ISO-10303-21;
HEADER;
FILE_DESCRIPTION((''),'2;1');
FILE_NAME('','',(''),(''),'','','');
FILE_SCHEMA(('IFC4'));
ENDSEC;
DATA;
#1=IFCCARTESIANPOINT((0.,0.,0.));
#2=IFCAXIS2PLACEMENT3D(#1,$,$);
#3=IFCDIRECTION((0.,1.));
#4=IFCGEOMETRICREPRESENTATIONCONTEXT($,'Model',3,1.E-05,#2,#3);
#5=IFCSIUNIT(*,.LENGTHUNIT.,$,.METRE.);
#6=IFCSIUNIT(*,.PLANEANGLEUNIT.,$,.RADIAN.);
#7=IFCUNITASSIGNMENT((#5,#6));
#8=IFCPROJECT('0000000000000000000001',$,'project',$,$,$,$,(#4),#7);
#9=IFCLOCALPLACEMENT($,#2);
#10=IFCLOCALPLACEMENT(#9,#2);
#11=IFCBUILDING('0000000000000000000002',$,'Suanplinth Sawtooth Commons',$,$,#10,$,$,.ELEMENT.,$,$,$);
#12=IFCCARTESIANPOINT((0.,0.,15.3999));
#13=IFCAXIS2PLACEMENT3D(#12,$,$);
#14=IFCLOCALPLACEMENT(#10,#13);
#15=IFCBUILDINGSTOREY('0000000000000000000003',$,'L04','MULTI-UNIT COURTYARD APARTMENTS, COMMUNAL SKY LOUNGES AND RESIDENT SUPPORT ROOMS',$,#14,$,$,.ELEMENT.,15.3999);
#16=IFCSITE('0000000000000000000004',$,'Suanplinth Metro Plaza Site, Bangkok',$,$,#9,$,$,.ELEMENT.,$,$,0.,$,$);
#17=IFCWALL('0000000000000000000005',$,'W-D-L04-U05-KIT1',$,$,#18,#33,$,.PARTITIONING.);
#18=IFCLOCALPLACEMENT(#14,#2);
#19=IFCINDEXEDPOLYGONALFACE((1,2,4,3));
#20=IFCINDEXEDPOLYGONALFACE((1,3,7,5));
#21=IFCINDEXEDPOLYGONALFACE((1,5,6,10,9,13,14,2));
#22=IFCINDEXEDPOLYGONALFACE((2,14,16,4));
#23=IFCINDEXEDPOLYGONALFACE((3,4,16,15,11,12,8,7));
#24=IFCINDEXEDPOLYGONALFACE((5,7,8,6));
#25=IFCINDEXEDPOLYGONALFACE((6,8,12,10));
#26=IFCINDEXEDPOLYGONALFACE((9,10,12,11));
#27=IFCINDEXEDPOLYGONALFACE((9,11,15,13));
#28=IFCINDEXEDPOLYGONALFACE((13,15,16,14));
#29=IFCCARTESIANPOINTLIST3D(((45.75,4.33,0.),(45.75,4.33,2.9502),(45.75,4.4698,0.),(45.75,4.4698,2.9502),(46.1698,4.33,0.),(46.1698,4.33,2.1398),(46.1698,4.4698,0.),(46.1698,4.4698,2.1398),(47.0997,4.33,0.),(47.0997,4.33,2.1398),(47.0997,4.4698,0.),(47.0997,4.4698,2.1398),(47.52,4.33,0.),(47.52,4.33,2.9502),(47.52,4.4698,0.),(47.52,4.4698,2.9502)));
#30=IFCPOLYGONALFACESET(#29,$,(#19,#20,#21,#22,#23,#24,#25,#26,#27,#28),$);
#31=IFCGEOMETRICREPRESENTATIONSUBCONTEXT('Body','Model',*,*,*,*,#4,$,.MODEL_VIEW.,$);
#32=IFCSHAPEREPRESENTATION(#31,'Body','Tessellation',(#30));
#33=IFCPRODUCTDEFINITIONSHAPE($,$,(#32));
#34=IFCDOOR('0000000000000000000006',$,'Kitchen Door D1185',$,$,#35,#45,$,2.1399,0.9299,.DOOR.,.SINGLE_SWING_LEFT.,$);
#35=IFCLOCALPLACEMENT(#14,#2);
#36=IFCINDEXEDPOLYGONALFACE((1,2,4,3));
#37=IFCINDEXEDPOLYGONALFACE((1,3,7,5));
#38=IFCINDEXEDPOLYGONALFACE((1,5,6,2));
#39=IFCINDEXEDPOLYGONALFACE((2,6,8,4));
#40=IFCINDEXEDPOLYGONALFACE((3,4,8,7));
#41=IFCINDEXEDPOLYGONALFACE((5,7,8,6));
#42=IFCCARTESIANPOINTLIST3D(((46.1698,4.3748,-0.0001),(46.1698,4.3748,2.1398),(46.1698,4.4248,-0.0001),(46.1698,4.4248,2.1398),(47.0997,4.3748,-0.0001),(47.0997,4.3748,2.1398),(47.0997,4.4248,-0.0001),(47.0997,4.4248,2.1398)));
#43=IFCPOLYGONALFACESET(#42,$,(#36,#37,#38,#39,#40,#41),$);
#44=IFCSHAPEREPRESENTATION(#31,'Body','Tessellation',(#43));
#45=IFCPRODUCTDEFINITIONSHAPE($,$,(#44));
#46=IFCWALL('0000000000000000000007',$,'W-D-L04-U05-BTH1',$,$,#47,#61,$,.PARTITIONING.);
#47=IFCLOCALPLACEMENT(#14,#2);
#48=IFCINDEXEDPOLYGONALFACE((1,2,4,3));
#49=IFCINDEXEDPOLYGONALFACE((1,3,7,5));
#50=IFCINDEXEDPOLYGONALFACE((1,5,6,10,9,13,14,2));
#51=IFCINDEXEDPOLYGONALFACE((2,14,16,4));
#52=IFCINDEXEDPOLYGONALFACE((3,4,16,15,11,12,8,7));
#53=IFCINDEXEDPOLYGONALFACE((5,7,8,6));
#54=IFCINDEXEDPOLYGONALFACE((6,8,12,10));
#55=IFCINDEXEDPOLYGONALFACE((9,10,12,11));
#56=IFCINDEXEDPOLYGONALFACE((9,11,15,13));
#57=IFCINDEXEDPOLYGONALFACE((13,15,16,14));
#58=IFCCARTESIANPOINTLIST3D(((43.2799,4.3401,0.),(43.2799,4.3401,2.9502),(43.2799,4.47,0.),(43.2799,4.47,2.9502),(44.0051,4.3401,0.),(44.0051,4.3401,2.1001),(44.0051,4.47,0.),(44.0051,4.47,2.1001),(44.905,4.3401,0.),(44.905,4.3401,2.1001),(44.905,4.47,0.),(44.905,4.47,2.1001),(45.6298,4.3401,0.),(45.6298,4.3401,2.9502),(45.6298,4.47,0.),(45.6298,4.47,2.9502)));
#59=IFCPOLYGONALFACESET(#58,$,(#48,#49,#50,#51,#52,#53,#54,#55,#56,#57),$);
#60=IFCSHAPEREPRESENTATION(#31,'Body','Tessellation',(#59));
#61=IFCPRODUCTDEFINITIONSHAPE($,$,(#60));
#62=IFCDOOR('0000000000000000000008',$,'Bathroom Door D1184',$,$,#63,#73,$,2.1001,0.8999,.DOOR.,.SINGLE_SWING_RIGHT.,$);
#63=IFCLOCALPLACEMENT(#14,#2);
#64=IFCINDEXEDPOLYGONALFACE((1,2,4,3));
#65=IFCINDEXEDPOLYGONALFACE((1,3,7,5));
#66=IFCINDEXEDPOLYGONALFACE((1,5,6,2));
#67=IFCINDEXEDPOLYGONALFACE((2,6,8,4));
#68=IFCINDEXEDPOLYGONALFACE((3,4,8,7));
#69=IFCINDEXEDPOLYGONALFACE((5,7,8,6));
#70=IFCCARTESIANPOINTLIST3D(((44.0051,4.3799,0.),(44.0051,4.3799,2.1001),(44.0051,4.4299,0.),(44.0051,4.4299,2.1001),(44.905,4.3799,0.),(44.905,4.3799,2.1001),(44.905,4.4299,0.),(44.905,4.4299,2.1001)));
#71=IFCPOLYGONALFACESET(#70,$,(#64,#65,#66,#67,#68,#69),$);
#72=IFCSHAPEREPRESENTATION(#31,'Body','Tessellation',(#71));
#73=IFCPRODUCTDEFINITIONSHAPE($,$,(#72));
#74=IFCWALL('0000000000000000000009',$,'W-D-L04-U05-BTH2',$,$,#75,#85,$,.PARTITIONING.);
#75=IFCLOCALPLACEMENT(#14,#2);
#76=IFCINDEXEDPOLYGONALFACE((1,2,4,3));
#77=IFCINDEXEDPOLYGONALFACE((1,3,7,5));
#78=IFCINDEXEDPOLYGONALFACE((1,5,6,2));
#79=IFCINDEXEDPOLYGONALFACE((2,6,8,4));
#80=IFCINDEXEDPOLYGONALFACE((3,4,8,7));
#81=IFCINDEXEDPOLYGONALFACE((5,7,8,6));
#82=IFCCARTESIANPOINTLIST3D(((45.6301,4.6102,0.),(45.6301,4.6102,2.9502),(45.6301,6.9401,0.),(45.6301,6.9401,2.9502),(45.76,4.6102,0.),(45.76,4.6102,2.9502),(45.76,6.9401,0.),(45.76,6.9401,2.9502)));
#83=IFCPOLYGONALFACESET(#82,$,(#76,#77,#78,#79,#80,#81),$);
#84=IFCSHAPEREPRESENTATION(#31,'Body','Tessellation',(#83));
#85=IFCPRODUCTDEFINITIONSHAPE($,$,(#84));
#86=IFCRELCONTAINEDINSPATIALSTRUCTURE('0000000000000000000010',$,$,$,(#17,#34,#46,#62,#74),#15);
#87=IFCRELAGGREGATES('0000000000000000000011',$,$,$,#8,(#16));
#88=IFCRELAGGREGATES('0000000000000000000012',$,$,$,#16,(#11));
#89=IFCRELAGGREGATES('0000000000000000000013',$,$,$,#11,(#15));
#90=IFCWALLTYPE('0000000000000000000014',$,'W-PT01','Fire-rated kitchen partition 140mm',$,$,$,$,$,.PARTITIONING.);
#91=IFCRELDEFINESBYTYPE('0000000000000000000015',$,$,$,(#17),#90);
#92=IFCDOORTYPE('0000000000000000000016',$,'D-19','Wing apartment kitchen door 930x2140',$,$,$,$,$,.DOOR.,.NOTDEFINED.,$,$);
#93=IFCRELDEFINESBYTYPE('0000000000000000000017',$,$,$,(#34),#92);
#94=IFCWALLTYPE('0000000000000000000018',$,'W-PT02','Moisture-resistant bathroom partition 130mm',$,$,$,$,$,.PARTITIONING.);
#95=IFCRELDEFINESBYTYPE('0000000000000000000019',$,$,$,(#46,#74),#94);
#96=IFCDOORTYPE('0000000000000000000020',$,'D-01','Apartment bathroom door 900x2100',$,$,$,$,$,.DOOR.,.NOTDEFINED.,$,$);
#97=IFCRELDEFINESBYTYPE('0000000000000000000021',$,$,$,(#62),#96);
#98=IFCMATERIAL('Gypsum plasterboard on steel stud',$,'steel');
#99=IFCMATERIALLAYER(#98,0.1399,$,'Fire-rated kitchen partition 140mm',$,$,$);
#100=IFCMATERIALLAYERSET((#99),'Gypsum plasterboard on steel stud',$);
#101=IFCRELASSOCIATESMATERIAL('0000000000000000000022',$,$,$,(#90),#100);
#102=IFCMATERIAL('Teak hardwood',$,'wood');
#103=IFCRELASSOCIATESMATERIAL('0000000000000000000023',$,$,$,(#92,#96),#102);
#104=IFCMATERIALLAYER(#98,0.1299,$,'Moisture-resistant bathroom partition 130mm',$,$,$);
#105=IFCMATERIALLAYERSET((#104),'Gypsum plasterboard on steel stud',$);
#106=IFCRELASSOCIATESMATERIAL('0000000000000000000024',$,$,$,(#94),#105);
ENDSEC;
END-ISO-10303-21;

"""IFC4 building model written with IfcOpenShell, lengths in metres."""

from ifc_helpers import new_model, si_unit, direction, frame, frame_2d, origin, place, context, subcontext, project, spatial, rectangle, extrude, material, layer, layer_set, type_object, element, fill, save


model = new_model("IFC4")

# Units and contexts
model_context = context("Model", 3, precision=1e-05, world=origin(), true_north=direction((0.0, 1.0)))
body_context = subcontext(model_context, "Body", "Model", "MODEL_VIEW")
ifc_project = project(units=[si_unit("LENGTHUNIT", "METRE"), si_unit("PLANEANGLEUNIT", "RADIAN")], contexts=[model_context])

# Site, building, storey
site_placement = place(None, origin())
site = spatial("IfcSite", under=ifc_project, at=site_placement, Name="Suanplinth Metro Plaza Site, Bangkok", CompositionType="ELEMENT", RefElevation=0.0)
building_placement = place(site_placement, origin())
building = spatial("IfcBuilding", under=site, at=building_placement, Name="Suanplinth Sawtooth Commons", CompositionType="ELEMENT")
storey_placement = place(building_placement, frame((0.0, 0.0, 15.3999)))
storey = spatial("IfcBuildingStorey", under=building, at=storey_placement, Name="L04", Description="MULTI-UNIT COURTYARD APARTMENTS, COMMUNAL SKY LOUNGES AND RESIDENT SUPPORT ROOMS", CompositionType="ELEMENT", Elevation=15.3999)

# Shared definitions
ifc_material_1 = material(Name="Teak hardwood", Category="wood")

# Walls, openings, doors
ifc_material_2 = material(Name="Gypsum plasterboard on steel stud", Category="steel")
ifc_layer_1 = layer(ifc_material_2, 0.1399, Name="Fire-rated kitchen partition 140mm")
ifc_layer_set_1 = layer_set([ifc_layer_1], Name="Gypsum plasterboard on steel stud")
wall_type_1 = type_object("IfcWallType", Name="W-PT01", Description="Fire-rated kitchen partition 140mm", PredefinedType="PARTITIONING", material=ifc_layer_set_1)
wall_1_placement = place(storey_placement, frame((45.75, 4.3999, 0.0), z_axis=(0.0, 0.0, 1.0), x_axis=(1.0, 0.0, 0.0)))
wall_1 = element("IfcWall", 1, at=wall_1_placement, inside=storey, type_object=wall_type_1, Name="W-D-L04-U05-KIT1", PredefinedType="PARTITIONING", context=body_context, shape_type="SweptSolid", body=[
    extrude(rectangle(XDim=1.77, YDim=0.1399, at=frame_2d((0.885, 0.0))), origin(), (0.0, 0.0, 1.0), 2.9502),
])
opening_1_placement = place(wall_1_placement, frame((0.4199, 0.0, 0.0)))
opening_1 = element("IfcOpeningElement", 2, at=opening_1_placement, cuts=wall_1, PredefinedType="OPENING", context=body_context, shape_type="SweptSolid", body=[
    extrude(rectangle(XDim=0.9299, YDim=2.1399, at=frame_2d((0.4648, 1.0698))), frame((0.0, 0.085, 0.0), z_axis=(0.0, -1.0, 0.0), x_axis=(1.0, 0.0, 0.0)), (0.0, 0.0, 1.0), 0.1697),
])
door_type_1 = type_object("IfcDoorType", Name="D-19", Description="Wing apartment kitchen door 930x2140", OperationType="NOTDEFINED", PredefinedType="DOOR", material=ifc_material_1)
door_1_placement = place(opening_1_placement, origin())
door_1 = element("IfcDoor", 3, at=door_1_placement, inside=storey, type_object=door_type_1, Name="Kitchen Door D1185", OperationType="SINGLE_SWING_LEFT", OverallHeight=2.1399, OverallWidth=0.9299, PredefinedType="DOOR", context=body_context, shape_type="SweptSolid", body=[
    extrude(rectangle(XDim=0.9299, YDim=2.1399, at=frame_2d((0.4648, 1.0698))), frame((0.0, 0.0249, 0.0), z_axis=(0.0, -1.0, 0.0), x_axis=(1.0, 0.0, 0.0)), (0.0, 0.0, 1.0), 0.05),
])
fill(opening_1, door_1)
ifc_layer_2 = layer(ifc_material_2, 0.1299, Name="Moisture-resistant bathroom partition 130mm")
ifc_layer_set_2 = layer_set([ifc_layer_2], Name="Gypsum plasterboard on steel stud")
wall_type_2 = type_object("IfcWallType", Name="W-PT02", Description="Moisture-resistant bathroom partition 130mm", PredefinedType="PARTITIONING", material=ifc_layer_set_2)
wall_2_placement = place(storey_placement, frame((43.28, 4.405, 0.0), z_axis=(0.0, 0.0, 1.0), x_axis=(1.0, 0.0, 0.0)))
wall_2 = element("IfcWall", 4, at=wall_2_placement, inside=storey, type_object=wall_type_2, Name="W-D-L04-U05-BTH1", PredefinedType="PARTITIONING", context=body_context, shape_type="SweptSolid", body=[
    extrude(rectangle(XDim=2.3499, YDim=0.1299, at=frame_2d((1.1748, 0.0))), origin(), (0.0, 0.0, 1.0), 2.9502),
])
opening_2_placement = place(wall_2_placement, frame((0.7251, 0.0, 0.0)))
opening_2 = element("IfcOpeningElement", 5, at=opening_2_placement, cuts=wall_2, PredefinedType="OPENING", context=body_context, shape_type="SweptSolid", body=[
    extrude(rectangle(XDim=0.8999, YDim=2.1001, at=frame_2d((0.45, 1.05))), frame((0.0, 0.0798, 0.0), z_axis=(0.0, -1.0, 0.0), x_axis=(1.0, 0.0, 0.0)), (0.0, 0.0, 1.0), 0.1597),
])
door_type_2 = type_object("IfcDoorType", Name="D-01", Description="Apartment bathroom door 900x2100", OperationType="NOTDEFINED", PredefinedType="DOOR", material=ifc_material_1)
door_2_placement = place(opening_2_placement, origin())
door_2 = element("IfcDoor", 6, at=door_2_placement, inside=storey, type_object=door_type_2, Name="Bathroom Door D1184", OperationType="SINGLE_SWING_RIGHT", OverallHeight=2.1001, OverallWidth=0.8999, PredefinedType="DOOR", context=body_context, shape_type="SweptSolid", body=[
    extrude(rectangle(XDim=0.8999, YDim=2.1001, at=frame_2d((0.45, 1.05))), frame((0.0, 0.0249, 0.0), z_axis=(0.0, -1.0, 0.0), x_axis=(1.0, 0.0, 0.0)), (0.0, 0.0, 1.0), 0.05),
])
fill(opening_2, door_2)

# Wall
wall_3_placement = place(storey_placement, frame((45.6951, 4.6101, 0.0), z_axis=(0.0, 0.0, 1.0), x_axis=(0.0, 1.0, 0.0)))
element("IfcWall", 7, at=wall_3_placement, inside=storey, type_object=wall_type_2, Name="W-D-L04-U05-BTH2", PredefinedType="PARTITIONING", context=body_context, shape_type="SweptSolid", body=[
    extrude(rectangle(XDim=2.3298, YDim=0.1299, at=frame_2d((1.165, 0.0))), origin(), (0.0, 0.0, 1.0), 2.9502),
])

save(model, "model.ifc")
